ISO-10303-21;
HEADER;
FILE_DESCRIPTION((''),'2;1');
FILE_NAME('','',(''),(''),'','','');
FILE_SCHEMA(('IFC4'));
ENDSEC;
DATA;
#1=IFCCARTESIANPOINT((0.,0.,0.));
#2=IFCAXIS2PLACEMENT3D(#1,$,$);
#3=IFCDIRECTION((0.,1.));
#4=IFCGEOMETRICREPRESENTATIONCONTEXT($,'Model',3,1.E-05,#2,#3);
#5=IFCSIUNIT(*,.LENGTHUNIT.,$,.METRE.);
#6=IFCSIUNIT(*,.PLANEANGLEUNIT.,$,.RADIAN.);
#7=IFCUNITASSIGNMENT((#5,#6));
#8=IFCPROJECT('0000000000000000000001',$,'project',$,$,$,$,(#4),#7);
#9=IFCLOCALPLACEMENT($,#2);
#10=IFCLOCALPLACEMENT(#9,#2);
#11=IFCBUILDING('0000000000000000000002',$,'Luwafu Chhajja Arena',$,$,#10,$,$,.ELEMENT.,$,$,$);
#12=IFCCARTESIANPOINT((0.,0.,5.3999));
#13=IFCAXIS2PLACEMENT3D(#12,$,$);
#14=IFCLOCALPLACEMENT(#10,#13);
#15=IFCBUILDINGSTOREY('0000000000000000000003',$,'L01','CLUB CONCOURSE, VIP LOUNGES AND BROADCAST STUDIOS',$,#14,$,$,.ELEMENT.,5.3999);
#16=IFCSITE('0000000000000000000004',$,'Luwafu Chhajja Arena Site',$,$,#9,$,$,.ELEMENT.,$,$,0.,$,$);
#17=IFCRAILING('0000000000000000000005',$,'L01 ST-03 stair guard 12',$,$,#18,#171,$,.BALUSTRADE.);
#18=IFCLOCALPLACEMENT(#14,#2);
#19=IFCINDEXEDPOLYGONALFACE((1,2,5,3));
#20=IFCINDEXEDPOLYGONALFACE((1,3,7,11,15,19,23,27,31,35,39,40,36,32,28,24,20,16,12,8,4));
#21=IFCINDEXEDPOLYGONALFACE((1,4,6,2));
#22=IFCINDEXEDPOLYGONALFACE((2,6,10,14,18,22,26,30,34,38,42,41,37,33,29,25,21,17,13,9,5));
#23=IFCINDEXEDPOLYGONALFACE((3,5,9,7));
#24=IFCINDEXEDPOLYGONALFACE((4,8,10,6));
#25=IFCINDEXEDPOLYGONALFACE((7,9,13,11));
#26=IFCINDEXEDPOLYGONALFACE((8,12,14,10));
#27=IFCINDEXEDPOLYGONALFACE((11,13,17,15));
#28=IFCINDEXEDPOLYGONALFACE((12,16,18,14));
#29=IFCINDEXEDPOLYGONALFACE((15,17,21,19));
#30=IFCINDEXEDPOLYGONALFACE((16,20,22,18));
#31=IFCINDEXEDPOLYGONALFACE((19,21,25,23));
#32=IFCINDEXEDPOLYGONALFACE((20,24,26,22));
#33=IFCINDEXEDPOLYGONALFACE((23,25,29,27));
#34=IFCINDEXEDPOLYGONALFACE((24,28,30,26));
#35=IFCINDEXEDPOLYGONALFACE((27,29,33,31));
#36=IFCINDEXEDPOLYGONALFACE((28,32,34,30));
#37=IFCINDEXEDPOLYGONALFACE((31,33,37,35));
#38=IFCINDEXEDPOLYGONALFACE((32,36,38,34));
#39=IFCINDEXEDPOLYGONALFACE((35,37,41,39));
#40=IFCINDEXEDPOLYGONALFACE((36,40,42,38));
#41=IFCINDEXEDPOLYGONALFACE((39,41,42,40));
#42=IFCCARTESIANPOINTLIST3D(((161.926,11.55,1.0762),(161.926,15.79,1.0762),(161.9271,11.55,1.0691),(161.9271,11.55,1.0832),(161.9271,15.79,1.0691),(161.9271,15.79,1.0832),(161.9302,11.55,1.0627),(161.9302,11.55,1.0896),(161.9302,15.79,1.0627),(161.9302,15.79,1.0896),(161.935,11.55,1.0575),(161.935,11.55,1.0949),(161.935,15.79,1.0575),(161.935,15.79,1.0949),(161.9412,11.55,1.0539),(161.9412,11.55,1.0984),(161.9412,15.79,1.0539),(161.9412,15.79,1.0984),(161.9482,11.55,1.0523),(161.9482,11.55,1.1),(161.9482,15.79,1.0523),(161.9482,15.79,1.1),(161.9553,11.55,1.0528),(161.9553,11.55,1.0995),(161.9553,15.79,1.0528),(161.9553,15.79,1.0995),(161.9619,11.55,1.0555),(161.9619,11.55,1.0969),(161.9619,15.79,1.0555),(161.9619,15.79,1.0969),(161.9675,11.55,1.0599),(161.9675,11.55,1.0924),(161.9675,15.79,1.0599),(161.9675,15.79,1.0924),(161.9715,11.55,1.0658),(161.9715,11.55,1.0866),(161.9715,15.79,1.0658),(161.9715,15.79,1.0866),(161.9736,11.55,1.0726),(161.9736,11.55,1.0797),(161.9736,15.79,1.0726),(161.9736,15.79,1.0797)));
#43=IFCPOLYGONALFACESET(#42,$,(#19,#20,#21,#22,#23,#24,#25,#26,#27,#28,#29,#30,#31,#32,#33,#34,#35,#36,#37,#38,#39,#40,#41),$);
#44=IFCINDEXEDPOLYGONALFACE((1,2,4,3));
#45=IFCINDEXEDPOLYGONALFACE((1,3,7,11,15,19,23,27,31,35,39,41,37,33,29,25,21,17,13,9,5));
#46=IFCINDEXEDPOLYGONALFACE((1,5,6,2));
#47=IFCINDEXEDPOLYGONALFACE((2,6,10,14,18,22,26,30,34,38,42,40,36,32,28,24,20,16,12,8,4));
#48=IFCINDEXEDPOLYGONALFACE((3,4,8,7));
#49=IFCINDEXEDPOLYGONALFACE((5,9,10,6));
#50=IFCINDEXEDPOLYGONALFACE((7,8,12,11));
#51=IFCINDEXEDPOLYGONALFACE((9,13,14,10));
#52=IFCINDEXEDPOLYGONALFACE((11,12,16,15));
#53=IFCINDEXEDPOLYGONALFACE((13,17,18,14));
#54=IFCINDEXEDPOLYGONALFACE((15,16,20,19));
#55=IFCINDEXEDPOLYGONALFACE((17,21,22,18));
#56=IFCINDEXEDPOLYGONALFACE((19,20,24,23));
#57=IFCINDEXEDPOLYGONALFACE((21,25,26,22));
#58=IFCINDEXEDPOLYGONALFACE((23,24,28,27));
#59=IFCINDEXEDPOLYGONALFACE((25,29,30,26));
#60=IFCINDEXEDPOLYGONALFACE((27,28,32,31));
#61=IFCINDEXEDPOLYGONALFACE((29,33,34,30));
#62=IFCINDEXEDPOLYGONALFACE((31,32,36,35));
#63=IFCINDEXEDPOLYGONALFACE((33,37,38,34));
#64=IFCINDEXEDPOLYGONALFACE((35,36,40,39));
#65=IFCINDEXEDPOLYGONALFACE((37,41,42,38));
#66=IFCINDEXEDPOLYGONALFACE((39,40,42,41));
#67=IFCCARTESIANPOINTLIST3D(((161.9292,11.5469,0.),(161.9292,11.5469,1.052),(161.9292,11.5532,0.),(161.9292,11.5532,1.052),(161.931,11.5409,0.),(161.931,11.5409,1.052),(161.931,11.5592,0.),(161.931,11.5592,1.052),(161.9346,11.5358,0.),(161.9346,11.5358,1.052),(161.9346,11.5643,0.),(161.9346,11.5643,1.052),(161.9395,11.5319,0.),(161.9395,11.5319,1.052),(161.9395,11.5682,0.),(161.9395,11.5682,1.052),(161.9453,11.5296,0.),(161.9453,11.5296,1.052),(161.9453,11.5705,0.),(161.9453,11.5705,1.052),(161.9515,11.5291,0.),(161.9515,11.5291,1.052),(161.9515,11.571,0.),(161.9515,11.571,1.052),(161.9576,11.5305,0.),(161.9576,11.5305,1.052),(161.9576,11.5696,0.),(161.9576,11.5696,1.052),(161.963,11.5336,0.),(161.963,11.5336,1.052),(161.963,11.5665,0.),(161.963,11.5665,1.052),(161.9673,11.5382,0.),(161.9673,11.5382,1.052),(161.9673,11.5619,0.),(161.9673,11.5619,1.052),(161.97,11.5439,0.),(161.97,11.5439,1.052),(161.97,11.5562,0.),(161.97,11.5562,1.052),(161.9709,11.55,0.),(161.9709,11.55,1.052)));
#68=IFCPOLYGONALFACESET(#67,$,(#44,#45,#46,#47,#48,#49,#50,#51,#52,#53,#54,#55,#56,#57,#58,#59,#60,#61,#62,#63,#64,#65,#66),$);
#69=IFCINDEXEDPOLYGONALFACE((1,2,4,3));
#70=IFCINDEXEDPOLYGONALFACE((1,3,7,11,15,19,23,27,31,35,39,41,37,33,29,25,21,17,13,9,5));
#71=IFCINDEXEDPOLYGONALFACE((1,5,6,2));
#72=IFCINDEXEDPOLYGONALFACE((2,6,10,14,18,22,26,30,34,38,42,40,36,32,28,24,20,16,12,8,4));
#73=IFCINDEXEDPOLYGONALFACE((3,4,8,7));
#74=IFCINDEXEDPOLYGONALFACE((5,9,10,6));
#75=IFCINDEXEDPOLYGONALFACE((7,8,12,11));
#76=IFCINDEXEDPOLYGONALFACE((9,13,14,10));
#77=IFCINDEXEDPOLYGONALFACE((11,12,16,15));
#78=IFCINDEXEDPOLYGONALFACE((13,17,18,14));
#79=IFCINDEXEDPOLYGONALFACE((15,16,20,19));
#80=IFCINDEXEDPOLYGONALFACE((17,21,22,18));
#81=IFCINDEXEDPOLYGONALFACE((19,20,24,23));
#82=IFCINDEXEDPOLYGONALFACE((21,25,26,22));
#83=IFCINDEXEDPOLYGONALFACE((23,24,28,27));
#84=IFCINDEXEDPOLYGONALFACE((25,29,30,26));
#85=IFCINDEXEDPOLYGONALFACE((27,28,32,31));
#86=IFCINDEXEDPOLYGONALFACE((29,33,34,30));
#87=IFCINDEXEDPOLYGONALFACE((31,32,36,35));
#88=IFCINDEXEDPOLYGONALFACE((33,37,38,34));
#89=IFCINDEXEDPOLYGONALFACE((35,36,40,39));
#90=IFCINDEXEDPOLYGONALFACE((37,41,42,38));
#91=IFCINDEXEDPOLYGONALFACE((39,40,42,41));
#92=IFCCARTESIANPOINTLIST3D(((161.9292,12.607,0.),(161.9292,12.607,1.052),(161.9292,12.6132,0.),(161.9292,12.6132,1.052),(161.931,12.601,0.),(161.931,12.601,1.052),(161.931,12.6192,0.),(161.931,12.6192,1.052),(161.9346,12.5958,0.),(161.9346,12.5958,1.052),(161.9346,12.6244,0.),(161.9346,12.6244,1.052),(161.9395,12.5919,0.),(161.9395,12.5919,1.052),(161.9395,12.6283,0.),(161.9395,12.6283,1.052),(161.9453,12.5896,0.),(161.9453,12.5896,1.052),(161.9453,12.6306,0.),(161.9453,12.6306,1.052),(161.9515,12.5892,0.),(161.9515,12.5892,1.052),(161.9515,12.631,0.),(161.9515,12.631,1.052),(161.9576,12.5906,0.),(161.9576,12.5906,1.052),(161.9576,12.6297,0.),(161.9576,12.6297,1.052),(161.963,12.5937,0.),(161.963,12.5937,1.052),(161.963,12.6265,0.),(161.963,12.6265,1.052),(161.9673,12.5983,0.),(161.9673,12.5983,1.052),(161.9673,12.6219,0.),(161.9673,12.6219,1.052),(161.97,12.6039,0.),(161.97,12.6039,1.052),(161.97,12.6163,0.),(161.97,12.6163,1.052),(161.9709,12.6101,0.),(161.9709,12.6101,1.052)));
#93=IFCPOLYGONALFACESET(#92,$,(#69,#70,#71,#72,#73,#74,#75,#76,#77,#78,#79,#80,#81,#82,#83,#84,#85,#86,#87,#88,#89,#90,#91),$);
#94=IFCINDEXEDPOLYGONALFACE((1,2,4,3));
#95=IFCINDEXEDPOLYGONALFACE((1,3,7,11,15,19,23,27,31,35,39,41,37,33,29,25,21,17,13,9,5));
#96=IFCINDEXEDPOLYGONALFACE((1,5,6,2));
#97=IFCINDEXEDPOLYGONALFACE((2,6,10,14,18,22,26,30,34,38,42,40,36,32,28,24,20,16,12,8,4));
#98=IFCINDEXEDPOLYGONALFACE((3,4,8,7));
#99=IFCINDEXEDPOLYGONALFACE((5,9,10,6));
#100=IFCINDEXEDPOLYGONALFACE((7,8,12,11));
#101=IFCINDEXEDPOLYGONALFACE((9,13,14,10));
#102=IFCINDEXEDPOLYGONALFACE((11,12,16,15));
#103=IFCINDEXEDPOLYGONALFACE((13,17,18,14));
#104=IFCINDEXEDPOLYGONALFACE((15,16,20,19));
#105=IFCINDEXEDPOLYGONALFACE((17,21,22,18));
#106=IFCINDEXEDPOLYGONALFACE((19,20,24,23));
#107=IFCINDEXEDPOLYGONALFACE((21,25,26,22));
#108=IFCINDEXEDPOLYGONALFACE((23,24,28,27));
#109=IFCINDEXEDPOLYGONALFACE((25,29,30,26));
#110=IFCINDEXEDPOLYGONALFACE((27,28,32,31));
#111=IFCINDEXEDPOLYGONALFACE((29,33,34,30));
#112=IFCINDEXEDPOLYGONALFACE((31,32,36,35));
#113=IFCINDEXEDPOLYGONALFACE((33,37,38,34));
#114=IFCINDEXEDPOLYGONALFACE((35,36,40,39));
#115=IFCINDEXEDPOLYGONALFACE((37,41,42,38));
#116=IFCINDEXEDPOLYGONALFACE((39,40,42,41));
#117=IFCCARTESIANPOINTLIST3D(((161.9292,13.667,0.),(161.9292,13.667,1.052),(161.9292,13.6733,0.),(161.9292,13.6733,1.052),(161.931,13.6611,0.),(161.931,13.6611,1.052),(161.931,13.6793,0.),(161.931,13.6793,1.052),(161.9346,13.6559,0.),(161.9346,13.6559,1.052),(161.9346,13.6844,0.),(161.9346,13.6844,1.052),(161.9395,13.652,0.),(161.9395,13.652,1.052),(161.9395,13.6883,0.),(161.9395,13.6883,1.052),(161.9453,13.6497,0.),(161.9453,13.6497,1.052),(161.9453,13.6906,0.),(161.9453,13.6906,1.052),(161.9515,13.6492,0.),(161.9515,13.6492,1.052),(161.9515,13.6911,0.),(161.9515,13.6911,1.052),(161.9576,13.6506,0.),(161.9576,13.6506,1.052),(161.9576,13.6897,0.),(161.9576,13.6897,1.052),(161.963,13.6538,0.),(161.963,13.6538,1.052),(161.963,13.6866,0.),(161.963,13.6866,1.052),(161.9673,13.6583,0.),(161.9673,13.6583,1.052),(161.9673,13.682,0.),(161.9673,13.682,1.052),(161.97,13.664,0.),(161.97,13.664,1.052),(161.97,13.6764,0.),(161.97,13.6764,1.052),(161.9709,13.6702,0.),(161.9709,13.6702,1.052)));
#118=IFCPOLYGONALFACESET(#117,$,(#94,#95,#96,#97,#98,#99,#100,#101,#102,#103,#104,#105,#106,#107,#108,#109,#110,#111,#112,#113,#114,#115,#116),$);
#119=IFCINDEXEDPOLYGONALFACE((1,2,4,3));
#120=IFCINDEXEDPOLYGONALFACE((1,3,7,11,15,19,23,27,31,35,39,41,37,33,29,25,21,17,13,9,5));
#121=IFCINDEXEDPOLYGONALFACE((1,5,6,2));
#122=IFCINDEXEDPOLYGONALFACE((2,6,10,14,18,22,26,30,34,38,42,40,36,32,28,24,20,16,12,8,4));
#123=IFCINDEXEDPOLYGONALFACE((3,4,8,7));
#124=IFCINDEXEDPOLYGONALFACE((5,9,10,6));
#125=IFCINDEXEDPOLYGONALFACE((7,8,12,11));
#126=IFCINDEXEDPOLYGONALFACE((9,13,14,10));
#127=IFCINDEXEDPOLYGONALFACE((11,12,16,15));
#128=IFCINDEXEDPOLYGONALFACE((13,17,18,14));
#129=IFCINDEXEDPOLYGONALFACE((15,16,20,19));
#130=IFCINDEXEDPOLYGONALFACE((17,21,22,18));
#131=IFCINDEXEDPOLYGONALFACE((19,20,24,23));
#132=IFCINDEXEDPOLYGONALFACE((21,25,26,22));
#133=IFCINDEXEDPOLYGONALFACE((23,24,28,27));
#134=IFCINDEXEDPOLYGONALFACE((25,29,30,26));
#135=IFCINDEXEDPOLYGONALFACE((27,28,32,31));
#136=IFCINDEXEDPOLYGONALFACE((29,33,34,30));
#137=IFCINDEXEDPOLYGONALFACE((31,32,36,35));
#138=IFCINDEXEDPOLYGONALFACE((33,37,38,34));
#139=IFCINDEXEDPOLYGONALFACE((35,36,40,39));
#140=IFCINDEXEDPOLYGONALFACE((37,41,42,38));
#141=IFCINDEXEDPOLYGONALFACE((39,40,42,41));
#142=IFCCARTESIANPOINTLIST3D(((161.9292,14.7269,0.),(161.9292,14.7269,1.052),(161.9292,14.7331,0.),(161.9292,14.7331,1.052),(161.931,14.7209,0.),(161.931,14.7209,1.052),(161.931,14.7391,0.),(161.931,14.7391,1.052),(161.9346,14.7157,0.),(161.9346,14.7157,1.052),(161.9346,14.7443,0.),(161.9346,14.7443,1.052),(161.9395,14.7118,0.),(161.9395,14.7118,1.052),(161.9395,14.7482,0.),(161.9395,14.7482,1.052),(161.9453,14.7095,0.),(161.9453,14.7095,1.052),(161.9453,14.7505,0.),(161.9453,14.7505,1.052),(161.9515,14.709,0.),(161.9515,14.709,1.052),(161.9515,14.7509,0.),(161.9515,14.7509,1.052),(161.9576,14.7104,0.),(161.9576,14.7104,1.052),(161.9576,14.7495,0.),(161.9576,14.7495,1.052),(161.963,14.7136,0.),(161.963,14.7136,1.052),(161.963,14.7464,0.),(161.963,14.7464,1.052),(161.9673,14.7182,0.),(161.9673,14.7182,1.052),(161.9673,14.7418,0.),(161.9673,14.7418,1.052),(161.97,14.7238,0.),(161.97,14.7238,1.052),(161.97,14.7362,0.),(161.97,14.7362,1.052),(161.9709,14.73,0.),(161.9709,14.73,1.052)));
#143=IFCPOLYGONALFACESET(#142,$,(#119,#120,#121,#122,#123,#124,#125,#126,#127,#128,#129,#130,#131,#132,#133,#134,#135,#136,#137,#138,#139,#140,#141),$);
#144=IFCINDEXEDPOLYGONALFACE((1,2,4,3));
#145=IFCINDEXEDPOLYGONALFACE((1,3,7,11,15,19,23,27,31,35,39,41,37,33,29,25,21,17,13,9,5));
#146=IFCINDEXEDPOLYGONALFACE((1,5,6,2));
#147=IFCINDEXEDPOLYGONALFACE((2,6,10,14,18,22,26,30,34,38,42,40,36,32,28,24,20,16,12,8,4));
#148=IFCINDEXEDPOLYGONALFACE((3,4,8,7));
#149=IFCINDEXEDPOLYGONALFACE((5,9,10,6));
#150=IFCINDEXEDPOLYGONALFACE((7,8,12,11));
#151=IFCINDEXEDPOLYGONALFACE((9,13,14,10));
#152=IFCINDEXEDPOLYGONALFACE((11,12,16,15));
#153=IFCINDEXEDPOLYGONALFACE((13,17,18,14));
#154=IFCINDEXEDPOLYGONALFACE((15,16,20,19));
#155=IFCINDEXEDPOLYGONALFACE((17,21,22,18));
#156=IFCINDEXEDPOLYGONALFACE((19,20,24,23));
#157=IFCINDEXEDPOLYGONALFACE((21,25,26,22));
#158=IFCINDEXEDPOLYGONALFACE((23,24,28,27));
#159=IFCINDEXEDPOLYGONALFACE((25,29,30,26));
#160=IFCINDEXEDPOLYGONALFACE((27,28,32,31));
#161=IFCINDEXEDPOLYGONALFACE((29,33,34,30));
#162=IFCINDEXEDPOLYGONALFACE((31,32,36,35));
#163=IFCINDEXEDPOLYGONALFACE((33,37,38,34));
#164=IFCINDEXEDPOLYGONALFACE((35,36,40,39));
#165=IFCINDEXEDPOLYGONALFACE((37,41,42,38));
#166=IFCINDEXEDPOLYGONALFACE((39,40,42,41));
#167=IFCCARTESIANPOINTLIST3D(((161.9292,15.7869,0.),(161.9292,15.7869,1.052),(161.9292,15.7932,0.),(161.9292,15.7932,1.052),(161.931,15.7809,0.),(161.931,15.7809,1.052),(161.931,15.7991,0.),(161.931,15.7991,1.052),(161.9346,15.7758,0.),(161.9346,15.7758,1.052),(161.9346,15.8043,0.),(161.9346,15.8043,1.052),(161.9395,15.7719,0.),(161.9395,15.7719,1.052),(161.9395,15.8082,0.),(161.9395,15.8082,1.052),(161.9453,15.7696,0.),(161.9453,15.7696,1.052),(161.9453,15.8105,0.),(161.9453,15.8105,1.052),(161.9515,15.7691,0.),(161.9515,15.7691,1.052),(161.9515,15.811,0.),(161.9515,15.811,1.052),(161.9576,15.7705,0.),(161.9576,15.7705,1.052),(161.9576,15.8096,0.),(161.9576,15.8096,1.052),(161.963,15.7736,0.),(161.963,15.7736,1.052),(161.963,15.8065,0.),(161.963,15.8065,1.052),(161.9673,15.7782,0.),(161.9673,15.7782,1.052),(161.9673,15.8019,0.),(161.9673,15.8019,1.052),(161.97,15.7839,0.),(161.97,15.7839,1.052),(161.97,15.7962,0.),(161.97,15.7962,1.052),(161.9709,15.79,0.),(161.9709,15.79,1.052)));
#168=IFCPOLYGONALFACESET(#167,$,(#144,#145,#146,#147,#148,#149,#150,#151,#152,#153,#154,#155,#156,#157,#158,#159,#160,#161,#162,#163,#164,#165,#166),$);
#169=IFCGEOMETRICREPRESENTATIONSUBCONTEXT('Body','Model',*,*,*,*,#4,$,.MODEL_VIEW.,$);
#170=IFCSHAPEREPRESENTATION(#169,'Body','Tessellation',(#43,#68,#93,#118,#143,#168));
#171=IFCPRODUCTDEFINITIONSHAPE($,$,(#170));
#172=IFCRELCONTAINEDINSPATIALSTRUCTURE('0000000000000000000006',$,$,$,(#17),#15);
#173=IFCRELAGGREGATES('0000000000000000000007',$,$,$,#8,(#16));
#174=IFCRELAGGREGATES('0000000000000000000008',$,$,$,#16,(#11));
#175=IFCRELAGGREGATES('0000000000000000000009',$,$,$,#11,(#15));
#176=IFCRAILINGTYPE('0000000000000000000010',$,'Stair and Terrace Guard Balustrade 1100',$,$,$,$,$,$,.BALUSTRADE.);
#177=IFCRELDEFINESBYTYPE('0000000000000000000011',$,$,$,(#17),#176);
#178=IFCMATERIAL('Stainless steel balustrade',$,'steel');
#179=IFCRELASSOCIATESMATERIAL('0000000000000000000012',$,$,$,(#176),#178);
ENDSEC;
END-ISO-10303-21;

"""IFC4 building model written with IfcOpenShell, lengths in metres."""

from ifc_helpers import new_model, si_unit, direction, frame, origin, origin_2d, place, context, subcontext, project, spatial, circle, extrude, material, type_object, element, save


model = new_model("IFC4")

# Units and contexts
model_context = context("Model", 3, precision=1e-05, world=origin(), true_north=direction((0.0, 1.0)))
body_context = subcontext(model_context, "Body", "Model", "MODEL_VIEW")
ifc_project = project(units=[si_unit("LENGTHUNIT", "METRE"), si_unit("PLANEANGLEUNIT", "RADIAN")], contexts=[model_context])

# Site, building, storey
site_placement = place(None, origin())
site = spatial("IfcSite", under=ifc_project, at=site_placement, Name="Luwafu Chhajja Arena Site", CompositionType="ELEMENT", RefElevation=0.0)
building_placement = place(site_placement, origin())
building = spatial("IfcBuilding", under=site, at=building_placement, Name="Luwafu Chhajja Arena", CompositionType="ELEMENT")
storey_placement = place(building_placement, frame((0.0, 0.0, 5.3999)))
storey = spatial("IfcBuildingStorey", under=building, at=storey_placement, Name="L01", Description="CLUB CONCOURSE, VIP LOUNGES AND BROADCAST STUDIOS", CompositionType="ELEMENT", Elevation=5.3999)

# Railing
ifc_material_1 = material(Name="Stainless steel balustrade", Category="steel")
railing_type_1 = type_object("IfcRailingType", Name="Stair and Terrace Guard Balustrade 1100", PredefinedType="BALUSTRADE", material=ifc_material_1)
railing_1_placement = place(storey_placement, frame((161.95, 11.55, 0.0)))
element("IfcRailing", 1, at=railing_1_placement, inside=storey, type_object=railing_type_1, Name="L01 ST-03 stair guard 12", PredefinedType="BALUSTRADE", context=body_context, shape_type="SweptSolid", body=[
    extrude(circle(Radius=0.0239, at=origin_2d()), frame((0.0, 0.0, 1.0762), z_axis=(0.0, 1.0, 0.0), x_axis=(-1.0, 0.0, 0.0)), (0.0, 0.0, 1.0), 4.24),
    extrude(circle(Radius=0.021, at=origin_2d()), origin(), (0.0, 0.0, 1.0), 1.052),
    extrude(circle(Radius=0.021, at=origin_2d()), frame((0.0, 1.0601, 0.0)), (0.0, 0.0, 1.0), 1.052),
    extrude(circle(Radius=0.021, at=origin_2d()), frame((0.0, 2.1201, 0.0)), (0.0, 0.0, 1.0), 1.052),
    extrude(circle(Radius=0.021, at=origin_2d()), frame((0.0, 3.1799, 0.0)), (0.0, 0.0, 1.0), 1.052),
    extrude(circle(Radius=0.021, at=origin_2d()), frame((0.0, 4.24, 0.0)), (0.0, 0.0, 1.0), 1.052),
])

save(model, "model.ifc")
